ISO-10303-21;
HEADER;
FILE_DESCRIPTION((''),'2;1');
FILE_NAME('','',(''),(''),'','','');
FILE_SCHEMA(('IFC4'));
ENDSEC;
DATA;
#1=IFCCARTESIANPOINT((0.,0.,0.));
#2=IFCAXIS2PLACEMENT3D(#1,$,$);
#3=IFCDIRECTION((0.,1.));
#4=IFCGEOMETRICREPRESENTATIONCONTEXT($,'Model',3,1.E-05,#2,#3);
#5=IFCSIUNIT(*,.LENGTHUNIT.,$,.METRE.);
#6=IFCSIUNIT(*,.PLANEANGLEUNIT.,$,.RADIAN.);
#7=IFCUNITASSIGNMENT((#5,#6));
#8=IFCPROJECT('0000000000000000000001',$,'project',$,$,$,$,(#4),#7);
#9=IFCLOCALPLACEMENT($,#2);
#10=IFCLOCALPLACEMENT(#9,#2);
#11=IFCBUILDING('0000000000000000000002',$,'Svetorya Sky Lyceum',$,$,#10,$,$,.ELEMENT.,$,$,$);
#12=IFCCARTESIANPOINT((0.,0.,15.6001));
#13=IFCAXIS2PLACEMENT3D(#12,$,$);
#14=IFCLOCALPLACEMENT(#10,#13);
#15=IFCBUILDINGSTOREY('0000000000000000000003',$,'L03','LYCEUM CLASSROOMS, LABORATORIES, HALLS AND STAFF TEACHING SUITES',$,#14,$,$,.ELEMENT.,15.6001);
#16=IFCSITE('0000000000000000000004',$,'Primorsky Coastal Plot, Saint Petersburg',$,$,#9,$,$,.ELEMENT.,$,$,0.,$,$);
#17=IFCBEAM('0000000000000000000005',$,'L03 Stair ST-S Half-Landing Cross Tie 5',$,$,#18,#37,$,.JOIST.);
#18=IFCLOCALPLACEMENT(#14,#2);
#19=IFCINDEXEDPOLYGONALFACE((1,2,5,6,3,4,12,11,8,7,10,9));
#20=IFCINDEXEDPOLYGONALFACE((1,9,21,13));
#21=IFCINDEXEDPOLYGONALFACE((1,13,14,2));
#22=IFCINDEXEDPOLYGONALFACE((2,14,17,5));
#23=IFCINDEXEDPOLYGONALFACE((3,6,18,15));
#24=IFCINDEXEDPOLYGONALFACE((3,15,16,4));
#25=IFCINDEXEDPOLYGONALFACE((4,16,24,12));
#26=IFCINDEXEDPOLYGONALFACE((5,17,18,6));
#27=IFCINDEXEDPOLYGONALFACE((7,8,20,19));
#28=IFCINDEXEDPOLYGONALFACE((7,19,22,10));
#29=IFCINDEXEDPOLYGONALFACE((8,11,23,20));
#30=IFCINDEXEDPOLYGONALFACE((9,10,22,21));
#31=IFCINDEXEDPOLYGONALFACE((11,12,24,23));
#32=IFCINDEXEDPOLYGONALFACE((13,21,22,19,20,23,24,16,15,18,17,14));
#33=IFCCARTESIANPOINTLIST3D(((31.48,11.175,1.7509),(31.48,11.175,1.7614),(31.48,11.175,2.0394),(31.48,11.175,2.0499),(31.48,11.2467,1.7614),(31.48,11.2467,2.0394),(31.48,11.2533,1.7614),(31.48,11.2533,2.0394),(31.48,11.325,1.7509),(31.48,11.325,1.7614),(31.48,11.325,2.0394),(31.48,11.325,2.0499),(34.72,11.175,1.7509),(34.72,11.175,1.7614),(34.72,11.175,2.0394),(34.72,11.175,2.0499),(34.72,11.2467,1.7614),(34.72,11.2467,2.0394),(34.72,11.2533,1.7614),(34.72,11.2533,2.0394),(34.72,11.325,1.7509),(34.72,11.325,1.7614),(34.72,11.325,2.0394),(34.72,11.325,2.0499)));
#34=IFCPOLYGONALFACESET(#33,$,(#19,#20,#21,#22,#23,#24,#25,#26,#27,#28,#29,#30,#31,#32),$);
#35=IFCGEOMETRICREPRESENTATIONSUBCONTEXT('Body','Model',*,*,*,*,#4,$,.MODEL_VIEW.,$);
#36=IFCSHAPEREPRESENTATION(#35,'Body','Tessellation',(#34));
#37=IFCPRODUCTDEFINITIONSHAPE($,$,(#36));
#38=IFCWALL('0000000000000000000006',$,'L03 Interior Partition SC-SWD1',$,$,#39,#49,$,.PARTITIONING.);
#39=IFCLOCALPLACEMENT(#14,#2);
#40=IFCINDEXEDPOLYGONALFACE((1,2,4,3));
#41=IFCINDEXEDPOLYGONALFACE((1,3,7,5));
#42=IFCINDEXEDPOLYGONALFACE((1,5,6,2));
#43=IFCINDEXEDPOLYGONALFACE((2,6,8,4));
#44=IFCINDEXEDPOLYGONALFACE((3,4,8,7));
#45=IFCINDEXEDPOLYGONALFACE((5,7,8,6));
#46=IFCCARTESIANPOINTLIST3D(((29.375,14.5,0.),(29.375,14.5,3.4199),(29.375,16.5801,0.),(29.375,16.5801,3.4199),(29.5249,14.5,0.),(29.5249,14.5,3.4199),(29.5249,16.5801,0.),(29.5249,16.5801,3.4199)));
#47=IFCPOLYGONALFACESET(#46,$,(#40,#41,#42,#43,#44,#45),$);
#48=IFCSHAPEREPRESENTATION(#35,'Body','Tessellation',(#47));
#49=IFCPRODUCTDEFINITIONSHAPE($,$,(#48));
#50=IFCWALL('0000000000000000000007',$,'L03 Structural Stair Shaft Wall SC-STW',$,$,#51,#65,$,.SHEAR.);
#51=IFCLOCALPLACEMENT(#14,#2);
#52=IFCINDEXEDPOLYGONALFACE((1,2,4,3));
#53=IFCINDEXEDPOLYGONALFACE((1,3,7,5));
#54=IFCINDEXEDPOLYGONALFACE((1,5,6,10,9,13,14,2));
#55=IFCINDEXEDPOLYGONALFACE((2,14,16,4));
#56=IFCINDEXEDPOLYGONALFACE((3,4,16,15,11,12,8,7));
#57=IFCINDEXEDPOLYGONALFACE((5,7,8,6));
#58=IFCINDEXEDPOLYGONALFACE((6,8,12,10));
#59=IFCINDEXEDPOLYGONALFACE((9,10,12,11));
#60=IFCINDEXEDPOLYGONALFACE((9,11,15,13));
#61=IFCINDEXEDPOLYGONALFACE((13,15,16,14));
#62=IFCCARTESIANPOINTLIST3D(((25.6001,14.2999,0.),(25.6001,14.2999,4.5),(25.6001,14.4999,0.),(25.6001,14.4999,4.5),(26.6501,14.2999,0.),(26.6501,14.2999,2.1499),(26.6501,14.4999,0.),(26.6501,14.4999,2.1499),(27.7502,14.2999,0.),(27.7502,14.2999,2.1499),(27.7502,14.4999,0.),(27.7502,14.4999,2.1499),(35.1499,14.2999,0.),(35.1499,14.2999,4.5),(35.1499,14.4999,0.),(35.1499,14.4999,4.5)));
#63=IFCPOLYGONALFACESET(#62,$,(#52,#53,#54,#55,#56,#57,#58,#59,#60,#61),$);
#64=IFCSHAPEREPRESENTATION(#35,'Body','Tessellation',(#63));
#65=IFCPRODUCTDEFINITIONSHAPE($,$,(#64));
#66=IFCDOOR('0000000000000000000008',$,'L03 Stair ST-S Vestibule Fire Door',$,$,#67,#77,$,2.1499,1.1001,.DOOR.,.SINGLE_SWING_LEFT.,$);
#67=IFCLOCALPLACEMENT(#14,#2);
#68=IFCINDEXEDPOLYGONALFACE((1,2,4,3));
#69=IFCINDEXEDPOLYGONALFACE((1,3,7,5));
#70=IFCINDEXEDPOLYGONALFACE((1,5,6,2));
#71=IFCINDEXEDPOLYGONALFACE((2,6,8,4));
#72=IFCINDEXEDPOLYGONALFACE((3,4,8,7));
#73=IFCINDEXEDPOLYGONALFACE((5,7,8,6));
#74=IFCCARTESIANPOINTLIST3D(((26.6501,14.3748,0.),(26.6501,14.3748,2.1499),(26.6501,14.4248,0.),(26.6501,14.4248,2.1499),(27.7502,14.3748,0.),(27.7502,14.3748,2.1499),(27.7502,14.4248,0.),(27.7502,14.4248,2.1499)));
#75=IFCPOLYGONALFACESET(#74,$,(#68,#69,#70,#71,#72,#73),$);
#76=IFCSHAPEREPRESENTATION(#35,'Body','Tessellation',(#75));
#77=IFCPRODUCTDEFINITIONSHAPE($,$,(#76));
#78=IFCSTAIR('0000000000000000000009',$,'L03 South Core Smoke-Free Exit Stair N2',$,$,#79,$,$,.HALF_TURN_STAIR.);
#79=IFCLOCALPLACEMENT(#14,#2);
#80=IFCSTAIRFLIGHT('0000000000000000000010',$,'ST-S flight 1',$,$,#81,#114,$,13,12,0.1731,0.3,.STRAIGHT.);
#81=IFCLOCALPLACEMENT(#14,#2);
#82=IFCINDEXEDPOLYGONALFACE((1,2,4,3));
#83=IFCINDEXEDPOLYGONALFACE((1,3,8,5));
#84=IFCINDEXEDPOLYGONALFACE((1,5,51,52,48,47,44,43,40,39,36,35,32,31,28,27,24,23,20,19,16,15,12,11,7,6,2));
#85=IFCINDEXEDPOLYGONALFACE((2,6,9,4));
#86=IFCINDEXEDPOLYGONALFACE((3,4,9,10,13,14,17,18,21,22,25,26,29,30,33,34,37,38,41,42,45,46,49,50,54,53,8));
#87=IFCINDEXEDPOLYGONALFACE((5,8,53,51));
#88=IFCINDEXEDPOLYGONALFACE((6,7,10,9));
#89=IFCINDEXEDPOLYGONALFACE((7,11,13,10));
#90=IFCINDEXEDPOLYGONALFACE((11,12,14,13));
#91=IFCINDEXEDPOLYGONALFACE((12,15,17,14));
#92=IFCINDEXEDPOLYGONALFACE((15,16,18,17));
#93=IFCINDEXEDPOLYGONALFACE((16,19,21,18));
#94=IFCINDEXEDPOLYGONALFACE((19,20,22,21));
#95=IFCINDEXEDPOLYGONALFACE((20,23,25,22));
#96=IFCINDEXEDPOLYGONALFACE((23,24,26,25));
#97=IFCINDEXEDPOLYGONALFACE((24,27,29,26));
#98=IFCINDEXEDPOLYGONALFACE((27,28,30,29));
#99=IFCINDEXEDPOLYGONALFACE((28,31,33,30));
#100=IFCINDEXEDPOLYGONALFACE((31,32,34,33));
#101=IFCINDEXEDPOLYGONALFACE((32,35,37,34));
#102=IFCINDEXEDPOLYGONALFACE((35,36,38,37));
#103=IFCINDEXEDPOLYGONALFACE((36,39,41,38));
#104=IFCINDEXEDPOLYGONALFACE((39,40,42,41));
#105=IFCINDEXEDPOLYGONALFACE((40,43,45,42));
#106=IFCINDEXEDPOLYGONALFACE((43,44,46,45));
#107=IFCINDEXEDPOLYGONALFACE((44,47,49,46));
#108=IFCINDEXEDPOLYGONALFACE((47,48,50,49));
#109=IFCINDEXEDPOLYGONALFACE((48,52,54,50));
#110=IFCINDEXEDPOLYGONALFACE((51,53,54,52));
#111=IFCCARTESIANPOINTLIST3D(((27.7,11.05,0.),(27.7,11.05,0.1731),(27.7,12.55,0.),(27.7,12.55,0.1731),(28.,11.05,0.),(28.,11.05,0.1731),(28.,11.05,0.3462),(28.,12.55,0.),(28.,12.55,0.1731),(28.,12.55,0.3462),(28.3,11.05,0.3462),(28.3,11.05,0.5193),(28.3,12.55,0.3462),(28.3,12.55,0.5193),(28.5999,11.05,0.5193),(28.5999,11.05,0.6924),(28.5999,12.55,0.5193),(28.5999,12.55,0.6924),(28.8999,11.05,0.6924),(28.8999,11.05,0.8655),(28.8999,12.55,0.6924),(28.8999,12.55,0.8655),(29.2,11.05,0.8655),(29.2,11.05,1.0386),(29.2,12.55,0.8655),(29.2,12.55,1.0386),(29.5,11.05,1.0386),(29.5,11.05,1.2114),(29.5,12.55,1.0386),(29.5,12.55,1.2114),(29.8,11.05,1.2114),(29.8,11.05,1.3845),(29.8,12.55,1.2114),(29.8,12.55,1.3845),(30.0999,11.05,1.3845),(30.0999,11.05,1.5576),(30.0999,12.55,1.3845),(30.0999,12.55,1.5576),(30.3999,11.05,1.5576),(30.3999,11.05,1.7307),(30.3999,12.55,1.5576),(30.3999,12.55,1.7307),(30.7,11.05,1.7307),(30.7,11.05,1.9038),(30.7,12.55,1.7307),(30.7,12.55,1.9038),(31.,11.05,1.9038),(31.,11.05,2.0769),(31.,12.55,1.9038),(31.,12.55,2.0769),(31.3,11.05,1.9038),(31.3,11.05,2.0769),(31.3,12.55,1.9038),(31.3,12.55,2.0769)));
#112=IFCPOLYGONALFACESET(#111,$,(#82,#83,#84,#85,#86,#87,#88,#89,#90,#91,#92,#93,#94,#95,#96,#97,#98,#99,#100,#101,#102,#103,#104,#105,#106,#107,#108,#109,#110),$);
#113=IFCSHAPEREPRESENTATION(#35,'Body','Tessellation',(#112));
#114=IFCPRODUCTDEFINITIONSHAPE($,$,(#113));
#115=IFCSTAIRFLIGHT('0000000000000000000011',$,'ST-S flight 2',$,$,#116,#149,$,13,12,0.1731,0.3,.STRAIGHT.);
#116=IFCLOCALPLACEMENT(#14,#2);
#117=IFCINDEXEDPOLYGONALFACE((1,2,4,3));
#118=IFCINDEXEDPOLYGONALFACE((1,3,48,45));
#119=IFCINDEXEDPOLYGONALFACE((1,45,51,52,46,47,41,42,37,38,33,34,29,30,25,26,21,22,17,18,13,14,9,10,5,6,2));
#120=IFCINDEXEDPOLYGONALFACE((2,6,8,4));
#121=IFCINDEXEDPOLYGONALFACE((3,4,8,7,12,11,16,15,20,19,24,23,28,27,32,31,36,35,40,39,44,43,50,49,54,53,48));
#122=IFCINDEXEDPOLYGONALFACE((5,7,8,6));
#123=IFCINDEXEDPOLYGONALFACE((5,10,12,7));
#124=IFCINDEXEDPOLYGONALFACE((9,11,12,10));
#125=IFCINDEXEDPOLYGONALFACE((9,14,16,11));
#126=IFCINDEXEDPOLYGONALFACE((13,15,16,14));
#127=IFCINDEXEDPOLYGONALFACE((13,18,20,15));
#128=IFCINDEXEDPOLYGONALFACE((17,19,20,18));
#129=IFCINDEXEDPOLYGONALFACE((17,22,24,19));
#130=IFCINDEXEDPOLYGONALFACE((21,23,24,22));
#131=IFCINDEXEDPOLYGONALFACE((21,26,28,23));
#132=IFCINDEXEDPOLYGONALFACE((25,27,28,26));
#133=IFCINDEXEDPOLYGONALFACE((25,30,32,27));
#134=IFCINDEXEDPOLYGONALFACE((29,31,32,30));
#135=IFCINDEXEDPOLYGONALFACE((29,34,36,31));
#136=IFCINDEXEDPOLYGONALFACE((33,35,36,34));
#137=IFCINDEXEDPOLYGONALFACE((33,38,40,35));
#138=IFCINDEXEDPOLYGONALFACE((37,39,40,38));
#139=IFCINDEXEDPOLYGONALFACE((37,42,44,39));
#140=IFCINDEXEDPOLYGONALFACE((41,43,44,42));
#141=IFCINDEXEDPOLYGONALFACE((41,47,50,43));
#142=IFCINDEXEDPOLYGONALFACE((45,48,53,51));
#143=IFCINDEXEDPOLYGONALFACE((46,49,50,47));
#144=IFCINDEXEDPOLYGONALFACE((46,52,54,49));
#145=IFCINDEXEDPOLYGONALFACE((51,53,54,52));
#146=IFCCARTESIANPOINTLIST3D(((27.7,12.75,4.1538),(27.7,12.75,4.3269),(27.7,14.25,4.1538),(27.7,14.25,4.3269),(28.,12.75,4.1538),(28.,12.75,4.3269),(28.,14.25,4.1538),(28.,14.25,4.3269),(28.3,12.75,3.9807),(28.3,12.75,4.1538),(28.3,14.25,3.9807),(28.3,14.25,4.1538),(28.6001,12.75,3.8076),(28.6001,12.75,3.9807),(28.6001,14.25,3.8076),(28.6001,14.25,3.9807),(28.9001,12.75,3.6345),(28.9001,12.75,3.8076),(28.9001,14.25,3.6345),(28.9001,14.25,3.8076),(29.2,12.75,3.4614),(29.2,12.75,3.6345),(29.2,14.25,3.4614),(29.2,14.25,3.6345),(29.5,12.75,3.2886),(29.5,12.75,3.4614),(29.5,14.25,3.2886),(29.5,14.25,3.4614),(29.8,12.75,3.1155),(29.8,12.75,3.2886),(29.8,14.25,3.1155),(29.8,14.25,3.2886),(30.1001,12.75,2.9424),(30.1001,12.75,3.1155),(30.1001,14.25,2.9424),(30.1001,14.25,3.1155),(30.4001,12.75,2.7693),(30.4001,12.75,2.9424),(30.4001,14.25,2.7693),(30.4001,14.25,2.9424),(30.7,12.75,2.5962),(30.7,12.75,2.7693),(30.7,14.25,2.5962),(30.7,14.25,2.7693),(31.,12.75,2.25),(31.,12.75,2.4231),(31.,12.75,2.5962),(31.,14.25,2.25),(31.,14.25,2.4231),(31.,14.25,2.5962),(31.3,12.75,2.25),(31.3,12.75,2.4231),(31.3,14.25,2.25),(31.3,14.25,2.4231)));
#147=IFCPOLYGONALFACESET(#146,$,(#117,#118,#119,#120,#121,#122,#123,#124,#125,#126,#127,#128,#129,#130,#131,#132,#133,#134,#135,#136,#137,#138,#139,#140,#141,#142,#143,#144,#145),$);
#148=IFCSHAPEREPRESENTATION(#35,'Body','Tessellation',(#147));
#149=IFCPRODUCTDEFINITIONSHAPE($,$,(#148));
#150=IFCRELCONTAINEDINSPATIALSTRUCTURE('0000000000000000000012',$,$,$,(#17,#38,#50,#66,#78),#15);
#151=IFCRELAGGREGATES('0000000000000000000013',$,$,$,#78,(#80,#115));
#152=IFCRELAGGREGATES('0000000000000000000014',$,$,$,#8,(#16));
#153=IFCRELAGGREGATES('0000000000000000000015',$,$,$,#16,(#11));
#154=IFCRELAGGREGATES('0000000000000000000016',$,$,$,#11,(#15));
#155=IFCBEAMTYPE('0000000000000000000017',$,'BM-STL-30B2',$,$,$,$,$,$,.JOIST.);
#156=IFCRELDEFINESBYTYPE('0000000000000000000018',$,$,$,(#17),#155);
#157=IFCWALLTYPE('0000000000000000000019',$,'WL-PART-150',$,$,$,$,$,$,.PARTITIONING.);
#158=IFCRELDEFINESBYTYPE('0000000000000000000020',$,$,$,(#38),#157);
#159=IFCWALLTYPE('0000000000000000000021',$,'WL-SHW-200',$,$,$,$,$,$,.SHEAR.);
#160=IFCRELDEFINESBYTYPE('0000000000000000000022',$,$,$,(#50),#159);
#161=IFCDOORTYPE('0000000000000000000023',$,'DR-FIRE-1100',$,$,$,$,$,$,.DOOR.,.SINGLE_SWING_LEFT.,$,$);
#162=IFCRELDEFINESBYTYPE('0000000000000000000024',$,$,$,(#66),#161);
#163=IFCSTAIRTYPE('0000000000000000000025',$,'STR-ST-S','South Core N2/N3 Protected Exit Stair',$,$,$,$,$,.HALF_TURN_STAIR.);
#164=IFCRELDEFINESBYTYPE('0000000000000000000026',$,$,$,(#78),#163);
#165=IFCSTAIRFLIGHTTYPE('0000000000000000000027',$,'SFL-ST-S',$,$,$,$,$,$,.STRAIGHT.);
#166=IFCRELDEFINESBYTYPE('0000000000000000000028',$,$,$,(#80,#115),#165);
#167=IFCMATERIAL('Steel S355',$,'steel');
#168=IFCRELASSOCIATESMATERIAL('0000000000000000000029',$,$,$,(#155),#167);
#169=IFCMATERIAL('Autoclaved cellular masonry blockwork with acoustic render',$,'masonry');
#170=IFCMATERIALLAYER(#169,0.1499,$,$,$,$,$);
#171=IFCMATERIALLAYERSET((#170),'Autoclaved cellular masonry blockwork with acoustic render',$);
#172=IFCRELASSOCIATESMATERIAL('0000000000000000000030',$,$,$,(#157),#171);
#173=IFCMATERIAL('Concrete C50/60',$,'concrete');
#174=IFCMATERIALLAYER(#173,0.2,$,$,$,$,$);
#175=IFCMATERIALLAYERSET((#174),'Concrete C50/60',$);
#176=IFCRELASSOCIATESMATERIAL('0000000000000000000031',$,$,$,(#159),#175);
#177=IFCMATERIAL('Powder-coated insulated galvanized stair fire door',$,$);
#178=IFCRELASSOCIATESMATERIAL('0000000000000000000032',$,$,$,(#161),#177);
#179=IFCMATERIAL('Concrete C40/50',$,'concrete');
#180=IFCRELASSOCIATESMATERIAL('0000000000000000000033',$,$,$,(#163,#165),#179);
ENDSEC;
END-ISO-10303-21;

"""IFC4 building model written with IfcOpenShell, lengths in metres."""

from ifc_helpers import new_model, si_unit, direction, frame, frame_2d, origin, origin_2d, place, context, subcontext, project, spatial, polyline, rectangle, i_section, outline, extrude, material, layer, layer_set, material_profile, profile_set, type_object, element, fill, aggregate, save


model = new_model("IFC4")

# Units and contexts
model_context = context("Model", 3, precision=1e-05, world=origin(), true_north=direction((0.0, 1.0)))
body_context = subcontext(model_context, "Body", "Model", "MODEL_VIEW")
ifc_project = project(units=[si_unit("LENGTHUNIT", "METRE"), si_unit("PLANEANGLEUNIT", "RADIAN")], contexts=[model_context])

# Site, building, storey
site_placement = place(None, origin())
site = spatial("IfcSite", under=ifc_project, at=site_placement, Name="Primorsky Coastal Plot, Saint Petersburg", CompositionType="ELEMENT", RefElevation=0.0)
building_placement = place(site_placement, origin())
building = spatial("IfcBuilding", under=site, at=building_placement, Name="Svetorya Sky Lyceum", CompositionType="ELEMENT")
storey_placement = place(building_placement, frame((0.0, 0.0, 15.6001)))
storey = spatial("IfcBuildingStorey", under=building, at=storey_placement, Name="L03", Description="LYCEUM CLASSROOMS, LABORATORIES, HALLS AND STAFF TEACHING SUITES", CompositionType="ELEMENT", Elevation=15.6001)

# Beam
ifc_material_1 = material(Name="Steel S355", Category="steel")
ifc_material_profile = material_profile(ifc_material_1, i_section(OverallWidth=0.1499, OverallDepth=0.2991, WebThickness=0.0066, FlangeThickness=0.0105, at=origin_2d()), Name="GOST 30B2")
ifc_profile_set = profile_set([ifc_material_profile], Name="Steel S355")
beam_type = type_object("IfcBeamType", Name="BM-STL-30B2", PredefinedType="JOIST", material=ifc_profile_set)
beam_placement = place(storey_placement, frame((31.48, 11.25, 1.9004), z_axis=(1.0, 0.0, 0.0), x_axis=(0.0, 1.0, 0.0)))
element("IfcBeam", 1, at=beam_placement, inside=storey, type_object=beam_type, Name="L03 Stair ST-S Half-Landing Cross Tie 5", PredefinedType="JOIST", context=body_context, shape_type="SweptSolid", body=[
    extrude(i_section(OverallWidth=0.1499, OverallDepth=0.2991, WebThickness=0.0066, FlangeThickness=0.0105, at=origin_2d()), origin(), (0.0, 0.0, 1.0), 3.24),
])

# Wall
ifc_material_2 = material(Name="Autoclaved cellular masonry blockwork with acoustic render", Category="masonry")
ifc_layer_1 = layer(ifc_material_2, 0.1499)
ifc_layer_set_1 = layer_set([ifc_layer_1], Name="Autoclaved cellular masonry blockwork with acoustic render")
wall_type_1 = type_object("IfcWallType", Name="WL-PART-150", PredefinedType="PARTITIONING", material=ifc_layer_set_1)
wall_1_placement = place(storey_placement, frame((29.45, 14.5, 0.0), z_axis=(0.0, 0.0, 1.0), x_axis=(0.0, 1.0, 0.0)))
element("IfcWall", 2, at=wall_1_placement, inside=storey, type_object=wall_type_1, Name="L03 Interior Partition SC-SWD1", PredefinedType="PARTITIONING", context=body_context, shape_type="SweptSolid", body=[
    extrude(rectangle(XDim=2.0801, YDim=0.1499, at=frame_2d((1.04, 0.0))), origin(), (0.0, 0.0, 1.0), 3.4199),
])

# Wall, opening, door
ifc_material_3 = material(Name="Concrete C50/60", Category="concrete")
ifc_layer_2 = layer(ifc_material_3, 0.2)
ifc_layer_set_2 = layer_set([ifc_layer_2], Name="Concrete C50/60")
wall_type_2 = type_object("IfcWallType", Name="WL-SHW-200", PredefinedType="SHEAR", material=ifc_layer_set_2)
wall_2_placement = place(storey_placement, frame((25.6001, 14.3999, 0.0), z_axis=(0.0, 0.0, 1.0), x_axis=(1.0, 0.0, 0.0)))
wall_2 = element("IfcWall", 3, at=wall_2_placement, inside=storey, type_object=wall_type_2, Name="L03 Structural Stair Shaft Wall SC-STW", PredefinedType="SHEAR", context=body_context, shape_type="SweptSolid", body=[
    extrude(rectangle(XDim=9.5498, YDim=0.2, at=frame_2d((4.7749, 0.0))), origin(), (0.0, 0.0, 1.0), 4.5),
])
opening_placement = place(wall_2_placement, frame((1.05, 0.0, 0.0)))
opening = element("IfcOpeningElement", 4, at=opening_placement, cuts=wall_2, PredefinedType="OPENING", context=body_context, shape_type="SweptSolid", body=[
    extrude(rectangle(XDim=1.1001, YDim=2.1499, at=frame_2d((0.55, 1.075))), frame((0.0, 0.1099, 0.0), z_axis=(0.0, -1.0, 0.0), x_axis=(1.0, 0.0, 0.0)), (0.0, 0.0, 1.0), 0.22),
])
ifc_material_4 = material(Name="Powder-coated insulated galvanized stair fire door")
door_type = type_object("IfcDoorType", Name="DR-FIRE-1100", OperationType="SINGLE_SWING_LEFT", PredefinedType="DOOR", material=ifc_material_4)
door_placement = place(opening_placement, origin())
door = element("IfcDoor", 5, at=door_placement, inside=storey, type_object=door_type, Name="L03 Stair ST-S Vestibule Fire Door", OperationType="SINGLE_SWING_LEFT", OverallHeight=2.1499, OverallWidth=1.1001, PredefinedType="DOOR", context=body_context, shape_type="SweptSolid", body=[
    extrude(rectangle(XDim=1.1001, YDim=2.1499, at=frame_2d((0.55, 1.075))), frame((0.0, 0.0249, 0.0), z_axis=(0.0, -1.0, 0.0), x_axis=(1.0, 0.0, 0.0)), (0.0, 0.0, 1.0), 0.05),
])
fill(opening, door)

# Stair, stair flights
ifc_material_5 = material(Name="Concrete C40/50", Category="concrete")
stair_type = type_object("IfcStairType", Name="STR-ST-S", Description="South Core N2/N3 Protected Exit Stair", PredefinedType="HALF_TURN_STAIR", material=ifc_material_5)
stair_placement = place(storey_placement, origin())
stair = element("IfcStair", 6, at=stair_placement, inside=storey, type_object=stair_type, Name="L03 South Core Smoke-Free Exit Stair N2", PredefinedType="HALF_TURN_STAIR")
stair_flight_type = type_object("IfcStairFlightType", Name="SFL-ST-S", PredefinedType="STRAIGHT", material=ifc_material_5)
stair_flight_1_placement = place(storey_placement, frame((27.7, 11.8, 0.0), z_axis=(0.0, 0.0, 1.0), x_axis=(1.0, 0.0, 0.0)))
stair_flight_1 = element("IfcStairFlight", 7, at=stair_flight_1_placement, type_object=stair_flight_type, Name="ST-S flight 1", NumberOfRisers=13, NumberOfTreads=12, PredefinedType="STRAIGHT", RiserHeight=0.1731, TreadLength=0.3, context=body_context, shape_type="SweptSolid", body=[
    extrude(outline(polyline([(0.0, 0.0), (0.0, 0.1731), (0.3, 0.1731), (0.3, 0.3462), (0.6001, 0.3462), (0.6001, 0.5193), (0.8999, 0.5193), (0.8999, 0.6924), (1.2, 0.6924), (1.2, 0.8655), (1.5, 0.8655), (1.5, 1.0386), (1.8, 1.0386), (1.8, 1.2114), (2.1001, 1.2114), (2.1001, 1.3845), (2.3999, 1.3845), (2.3999, 1.5576), (2.7, 1.5576), (2.7, 1.7307), (3.0, 1.7307), (3.0, 1.9038), (3.3, 1.9038), (3.3, 2.0769), (3.6001, 2.0769), (3.6001, 2.25), (3.6001, 1.9038), (0.3, 0.0), (0.0, 0.0)])), frame((0.0, 0.75, 0.0), z_axis=(0.0, -1.0, 0.0), x_axis=(1.0, 0.0, 0.0)), (0.0, 0.0, 1.0), 1.5),
])
stair_flight_2_placement = place(storey_placement, frame((31.3, 13.5, 2.25), z_axis=(0.0, 0.0, 1.0), x_axis=(-1.0, 0.0, 0.0)))
stair_flight_2 = element("IfcStairFlight", 8, at=stair_flight_2_placement, type_object=stair_flight_type, Name="ST-S flight 2", NumberOfRisers=13, NumberOfTreads=12, PredefinedType="STRAIGHT", RiserHeight=0.1731, TreadLength=0.3, context=body_context, shape_type="SweptSolid", body=[
    extrude(outline(polyline([(0.0, 0.0), (0.0, 0.1731), (0.3, 0.1731), (0.3, 0.3462), (0.6001, 0.3462), (0.6001, 0.5193), (0.8999, 0.5193), (0.8999, 0.6924), (1.2, 0.6924), (1.2, 0.8655), (1.5, 0.8655), (1.5, 1.0386), (1.8, 1.0386), (1.8, 1.2114), (2.1001, 1.2114), (2.1001, 1.3845), (2.3999, 1.3845), (2.3999, 1.5576), (2.7, 1.5576), (2.7, 1.7307), (3.0, 1.7307), (3.0, 1.9038), (3.3, 1.9038), (3.3, 2.0769), (3.6001, 2.0769), (3.6001, 2.25), (3.6001, 1.9038), (0.3, 0.0), (0.0, 0.0)])), frame((0.0, 0.75, 0.0), z_axis=(0.0, -1.0, 0.0), x_axis=(1.0, 0.0, 0.0)), (0.0, 0.0, 1.0), 1.5),
])
aggregate(stair, [stair_flight_1, stair_flight_2])

save(model, "model.ifc")
